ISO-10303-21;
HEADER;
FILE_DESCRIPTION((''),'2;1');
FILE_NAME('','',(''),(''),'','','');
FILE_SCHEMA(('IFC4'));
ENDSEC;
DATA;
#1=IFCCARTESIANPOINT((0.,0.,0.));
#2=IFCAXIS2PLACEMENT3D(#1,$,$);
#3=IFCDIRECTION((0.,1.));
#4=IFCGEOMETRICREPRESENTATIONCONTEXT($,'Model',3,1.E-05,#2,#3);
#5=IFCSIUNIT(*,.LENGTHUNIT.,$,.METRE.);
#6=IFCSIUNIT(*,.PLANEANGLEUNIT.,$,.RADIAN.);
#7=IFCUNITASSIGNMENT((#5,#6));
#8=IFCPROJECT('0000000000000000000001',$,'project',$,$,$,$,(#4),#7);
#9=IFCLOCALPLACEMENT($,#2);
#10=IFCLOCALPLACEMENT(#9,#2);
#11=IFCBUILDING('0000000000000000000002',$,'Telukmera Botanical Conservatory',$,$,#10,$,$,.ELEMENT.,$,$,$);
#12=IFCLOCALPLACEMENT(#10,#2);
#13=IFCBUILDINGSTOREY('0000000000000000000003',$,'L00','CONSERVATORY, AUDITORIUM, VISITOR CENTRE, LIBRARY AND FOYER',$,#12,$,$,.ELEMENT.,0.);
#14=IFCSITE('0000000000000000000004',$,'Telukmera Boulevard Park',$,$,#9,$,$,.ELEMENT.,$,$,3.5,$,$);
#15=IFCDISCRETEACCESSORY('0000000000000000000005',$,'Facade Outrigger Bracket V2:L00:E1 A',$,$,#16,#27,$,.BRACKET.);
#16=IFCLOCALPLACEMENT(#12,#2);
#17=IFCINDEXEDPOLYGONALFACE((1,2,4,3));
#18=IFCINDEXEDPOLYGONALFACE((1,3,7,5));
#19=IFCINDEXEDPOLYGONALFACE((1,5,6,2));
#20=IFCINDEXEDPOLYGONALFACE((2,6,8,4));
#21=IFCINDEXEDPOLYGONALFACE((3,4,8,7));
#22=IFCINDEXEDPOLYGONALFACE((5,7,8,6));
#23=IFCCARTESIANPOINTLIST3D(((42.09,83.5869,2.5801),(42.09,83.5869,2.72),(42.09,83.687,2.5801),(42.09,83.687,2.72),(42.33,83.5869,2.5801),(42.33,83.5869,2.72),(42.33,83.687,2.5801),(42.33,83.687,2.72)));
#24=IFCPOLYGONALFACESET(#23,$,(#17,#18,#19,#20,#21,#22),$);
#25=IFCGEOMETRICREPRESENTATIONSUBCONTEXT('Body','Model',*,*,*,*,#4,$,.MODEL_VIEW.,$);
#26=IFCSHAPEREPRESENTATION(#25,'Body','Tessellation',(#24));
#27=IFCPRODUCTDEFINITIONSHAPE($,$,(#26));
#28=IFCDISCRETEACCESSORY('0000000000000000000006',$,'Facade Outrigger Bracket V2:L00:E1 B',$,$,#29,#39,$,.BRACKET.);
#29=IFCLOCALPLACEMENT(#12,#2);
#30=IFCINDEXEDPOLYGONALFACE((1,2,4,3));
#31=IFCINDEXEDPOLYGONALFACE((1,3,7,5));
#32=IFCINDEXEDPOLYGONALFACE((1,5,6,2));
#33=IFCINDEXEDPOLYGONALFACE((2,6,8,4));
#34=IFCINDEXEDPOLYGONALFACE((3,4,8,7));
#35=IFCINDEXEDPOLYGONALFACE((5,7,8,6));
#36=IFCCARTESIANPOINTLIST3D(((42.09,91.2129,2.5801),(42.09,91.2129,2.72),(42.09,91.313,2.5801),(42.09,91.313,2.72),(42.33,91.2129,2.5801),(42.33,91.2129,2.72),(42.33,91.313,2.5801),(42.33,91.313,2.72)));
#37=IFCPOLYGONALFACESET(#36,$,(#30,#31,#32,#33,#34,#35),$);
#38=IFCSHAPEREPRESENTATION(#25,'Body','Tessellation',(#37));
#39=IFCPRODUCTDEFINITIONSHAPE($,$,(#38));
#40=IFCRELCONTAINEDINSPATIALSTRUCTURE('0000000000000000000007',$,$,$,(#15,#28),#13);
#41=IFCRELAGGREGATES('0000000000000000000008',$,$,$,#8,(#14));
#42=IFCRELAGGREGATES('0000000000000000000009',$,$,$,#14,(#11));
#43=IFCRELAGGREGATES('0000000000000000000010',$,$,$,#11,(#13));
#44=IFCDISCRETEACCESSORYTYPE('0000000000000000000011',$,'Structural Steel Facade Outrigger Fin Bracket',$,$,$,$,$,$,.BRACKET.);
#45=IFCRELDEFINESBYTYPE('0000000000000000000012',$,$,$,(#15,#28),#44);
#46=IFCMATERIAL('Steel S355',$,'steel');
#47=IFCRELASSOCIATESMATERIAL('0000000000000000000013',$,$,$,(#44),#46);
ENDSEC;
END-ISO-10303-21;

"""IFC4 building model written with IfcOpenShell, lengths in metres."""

from ifc_helpers import new_model, si_unit, direction, frame, origin, origin_2d, place, context, subcontext, project, spatial, rectangle, extrude, material, type_object, element, save


model = new_model("IFC4")

# Units and contexts
model_context = context("Model", 3, precision=1e-05, world=origin(), true_north=direction((0.0, 1.0)))
body_context = subcontext(model_context, "Body", "Model", "MODEL_VIEW")
ifc_project = project(units=[si_unit("LENGTHUNIT", "METRE"), si_unit("PLANEANGLEUNIT", "RADIAN")], contexts=[model_context])

# Site, building, storey
site_placement = place(None, origin())
site = spatial("IfcSite", under=ifc_project, at=site_placement, Name="Telukmera Boulevard Park", CompositionType="ELEMENT", RefElevation=3.5)
building_placement = place(site_placement, origin())
building = spatial("IfcBuilding", under=site, at=building_placement, Name="Telukmera Botanical Conservatory", CompositionType="ELEMENT")
storey_placement = place(building_placement, origin())
storey = spatial("IfcBuildingStorey", under=building, at=storey_placement, Name="L00", Description="CONSERVATORY, AUDITORIUM, VISITOR CENTRE, LIBRARY AND FOYER", CompositionType="ELEMENT", Elevation=0.0)

# Shared definitions
ifc_material_1 = material(Name="Steel S355", Category="steel")

# Discrete accessories
discrete_accessory_type = type_object("IfcDiscreteAccessoryType", Name="Structural Steel Facade Outrigger Fin Bracket", PredefinedType="BRACKET", material=ifc_material_1)
for number, where, z_axis, x_axis, name in (
    (1, (42.21, 83.637, 2.5801), (0.0, 0.0, 1.0), (0.0, 1.0, 0.0), "Facade Outrigger Bracket V2:L00:E1 A"),
    (2, (42.21, 91.2629, 2.5801), (0.0, 0.0, 1.0), (0.0, 1.0, 0.0), "Facade Outrigger Bracket V2:L00:E1 B"),
):
    element("IfcDiscreteAccessory", number, at=place(storey_placement, frame(where, z_axis=z_axis, x_axis=x_axis)), inside=storey, type_object=discrete_accessory_type, Name=name, PredefinedType="BRACKET", context=body_context, shape_type="SweptSolid", body=[
        extrude(rectangle(XDim=0.1001, YDim=0.24, at=origin_2d()), origin(), (0.0, 0.0, 1.0), 0.1399),
    ])

save(model, "model.ifc")
